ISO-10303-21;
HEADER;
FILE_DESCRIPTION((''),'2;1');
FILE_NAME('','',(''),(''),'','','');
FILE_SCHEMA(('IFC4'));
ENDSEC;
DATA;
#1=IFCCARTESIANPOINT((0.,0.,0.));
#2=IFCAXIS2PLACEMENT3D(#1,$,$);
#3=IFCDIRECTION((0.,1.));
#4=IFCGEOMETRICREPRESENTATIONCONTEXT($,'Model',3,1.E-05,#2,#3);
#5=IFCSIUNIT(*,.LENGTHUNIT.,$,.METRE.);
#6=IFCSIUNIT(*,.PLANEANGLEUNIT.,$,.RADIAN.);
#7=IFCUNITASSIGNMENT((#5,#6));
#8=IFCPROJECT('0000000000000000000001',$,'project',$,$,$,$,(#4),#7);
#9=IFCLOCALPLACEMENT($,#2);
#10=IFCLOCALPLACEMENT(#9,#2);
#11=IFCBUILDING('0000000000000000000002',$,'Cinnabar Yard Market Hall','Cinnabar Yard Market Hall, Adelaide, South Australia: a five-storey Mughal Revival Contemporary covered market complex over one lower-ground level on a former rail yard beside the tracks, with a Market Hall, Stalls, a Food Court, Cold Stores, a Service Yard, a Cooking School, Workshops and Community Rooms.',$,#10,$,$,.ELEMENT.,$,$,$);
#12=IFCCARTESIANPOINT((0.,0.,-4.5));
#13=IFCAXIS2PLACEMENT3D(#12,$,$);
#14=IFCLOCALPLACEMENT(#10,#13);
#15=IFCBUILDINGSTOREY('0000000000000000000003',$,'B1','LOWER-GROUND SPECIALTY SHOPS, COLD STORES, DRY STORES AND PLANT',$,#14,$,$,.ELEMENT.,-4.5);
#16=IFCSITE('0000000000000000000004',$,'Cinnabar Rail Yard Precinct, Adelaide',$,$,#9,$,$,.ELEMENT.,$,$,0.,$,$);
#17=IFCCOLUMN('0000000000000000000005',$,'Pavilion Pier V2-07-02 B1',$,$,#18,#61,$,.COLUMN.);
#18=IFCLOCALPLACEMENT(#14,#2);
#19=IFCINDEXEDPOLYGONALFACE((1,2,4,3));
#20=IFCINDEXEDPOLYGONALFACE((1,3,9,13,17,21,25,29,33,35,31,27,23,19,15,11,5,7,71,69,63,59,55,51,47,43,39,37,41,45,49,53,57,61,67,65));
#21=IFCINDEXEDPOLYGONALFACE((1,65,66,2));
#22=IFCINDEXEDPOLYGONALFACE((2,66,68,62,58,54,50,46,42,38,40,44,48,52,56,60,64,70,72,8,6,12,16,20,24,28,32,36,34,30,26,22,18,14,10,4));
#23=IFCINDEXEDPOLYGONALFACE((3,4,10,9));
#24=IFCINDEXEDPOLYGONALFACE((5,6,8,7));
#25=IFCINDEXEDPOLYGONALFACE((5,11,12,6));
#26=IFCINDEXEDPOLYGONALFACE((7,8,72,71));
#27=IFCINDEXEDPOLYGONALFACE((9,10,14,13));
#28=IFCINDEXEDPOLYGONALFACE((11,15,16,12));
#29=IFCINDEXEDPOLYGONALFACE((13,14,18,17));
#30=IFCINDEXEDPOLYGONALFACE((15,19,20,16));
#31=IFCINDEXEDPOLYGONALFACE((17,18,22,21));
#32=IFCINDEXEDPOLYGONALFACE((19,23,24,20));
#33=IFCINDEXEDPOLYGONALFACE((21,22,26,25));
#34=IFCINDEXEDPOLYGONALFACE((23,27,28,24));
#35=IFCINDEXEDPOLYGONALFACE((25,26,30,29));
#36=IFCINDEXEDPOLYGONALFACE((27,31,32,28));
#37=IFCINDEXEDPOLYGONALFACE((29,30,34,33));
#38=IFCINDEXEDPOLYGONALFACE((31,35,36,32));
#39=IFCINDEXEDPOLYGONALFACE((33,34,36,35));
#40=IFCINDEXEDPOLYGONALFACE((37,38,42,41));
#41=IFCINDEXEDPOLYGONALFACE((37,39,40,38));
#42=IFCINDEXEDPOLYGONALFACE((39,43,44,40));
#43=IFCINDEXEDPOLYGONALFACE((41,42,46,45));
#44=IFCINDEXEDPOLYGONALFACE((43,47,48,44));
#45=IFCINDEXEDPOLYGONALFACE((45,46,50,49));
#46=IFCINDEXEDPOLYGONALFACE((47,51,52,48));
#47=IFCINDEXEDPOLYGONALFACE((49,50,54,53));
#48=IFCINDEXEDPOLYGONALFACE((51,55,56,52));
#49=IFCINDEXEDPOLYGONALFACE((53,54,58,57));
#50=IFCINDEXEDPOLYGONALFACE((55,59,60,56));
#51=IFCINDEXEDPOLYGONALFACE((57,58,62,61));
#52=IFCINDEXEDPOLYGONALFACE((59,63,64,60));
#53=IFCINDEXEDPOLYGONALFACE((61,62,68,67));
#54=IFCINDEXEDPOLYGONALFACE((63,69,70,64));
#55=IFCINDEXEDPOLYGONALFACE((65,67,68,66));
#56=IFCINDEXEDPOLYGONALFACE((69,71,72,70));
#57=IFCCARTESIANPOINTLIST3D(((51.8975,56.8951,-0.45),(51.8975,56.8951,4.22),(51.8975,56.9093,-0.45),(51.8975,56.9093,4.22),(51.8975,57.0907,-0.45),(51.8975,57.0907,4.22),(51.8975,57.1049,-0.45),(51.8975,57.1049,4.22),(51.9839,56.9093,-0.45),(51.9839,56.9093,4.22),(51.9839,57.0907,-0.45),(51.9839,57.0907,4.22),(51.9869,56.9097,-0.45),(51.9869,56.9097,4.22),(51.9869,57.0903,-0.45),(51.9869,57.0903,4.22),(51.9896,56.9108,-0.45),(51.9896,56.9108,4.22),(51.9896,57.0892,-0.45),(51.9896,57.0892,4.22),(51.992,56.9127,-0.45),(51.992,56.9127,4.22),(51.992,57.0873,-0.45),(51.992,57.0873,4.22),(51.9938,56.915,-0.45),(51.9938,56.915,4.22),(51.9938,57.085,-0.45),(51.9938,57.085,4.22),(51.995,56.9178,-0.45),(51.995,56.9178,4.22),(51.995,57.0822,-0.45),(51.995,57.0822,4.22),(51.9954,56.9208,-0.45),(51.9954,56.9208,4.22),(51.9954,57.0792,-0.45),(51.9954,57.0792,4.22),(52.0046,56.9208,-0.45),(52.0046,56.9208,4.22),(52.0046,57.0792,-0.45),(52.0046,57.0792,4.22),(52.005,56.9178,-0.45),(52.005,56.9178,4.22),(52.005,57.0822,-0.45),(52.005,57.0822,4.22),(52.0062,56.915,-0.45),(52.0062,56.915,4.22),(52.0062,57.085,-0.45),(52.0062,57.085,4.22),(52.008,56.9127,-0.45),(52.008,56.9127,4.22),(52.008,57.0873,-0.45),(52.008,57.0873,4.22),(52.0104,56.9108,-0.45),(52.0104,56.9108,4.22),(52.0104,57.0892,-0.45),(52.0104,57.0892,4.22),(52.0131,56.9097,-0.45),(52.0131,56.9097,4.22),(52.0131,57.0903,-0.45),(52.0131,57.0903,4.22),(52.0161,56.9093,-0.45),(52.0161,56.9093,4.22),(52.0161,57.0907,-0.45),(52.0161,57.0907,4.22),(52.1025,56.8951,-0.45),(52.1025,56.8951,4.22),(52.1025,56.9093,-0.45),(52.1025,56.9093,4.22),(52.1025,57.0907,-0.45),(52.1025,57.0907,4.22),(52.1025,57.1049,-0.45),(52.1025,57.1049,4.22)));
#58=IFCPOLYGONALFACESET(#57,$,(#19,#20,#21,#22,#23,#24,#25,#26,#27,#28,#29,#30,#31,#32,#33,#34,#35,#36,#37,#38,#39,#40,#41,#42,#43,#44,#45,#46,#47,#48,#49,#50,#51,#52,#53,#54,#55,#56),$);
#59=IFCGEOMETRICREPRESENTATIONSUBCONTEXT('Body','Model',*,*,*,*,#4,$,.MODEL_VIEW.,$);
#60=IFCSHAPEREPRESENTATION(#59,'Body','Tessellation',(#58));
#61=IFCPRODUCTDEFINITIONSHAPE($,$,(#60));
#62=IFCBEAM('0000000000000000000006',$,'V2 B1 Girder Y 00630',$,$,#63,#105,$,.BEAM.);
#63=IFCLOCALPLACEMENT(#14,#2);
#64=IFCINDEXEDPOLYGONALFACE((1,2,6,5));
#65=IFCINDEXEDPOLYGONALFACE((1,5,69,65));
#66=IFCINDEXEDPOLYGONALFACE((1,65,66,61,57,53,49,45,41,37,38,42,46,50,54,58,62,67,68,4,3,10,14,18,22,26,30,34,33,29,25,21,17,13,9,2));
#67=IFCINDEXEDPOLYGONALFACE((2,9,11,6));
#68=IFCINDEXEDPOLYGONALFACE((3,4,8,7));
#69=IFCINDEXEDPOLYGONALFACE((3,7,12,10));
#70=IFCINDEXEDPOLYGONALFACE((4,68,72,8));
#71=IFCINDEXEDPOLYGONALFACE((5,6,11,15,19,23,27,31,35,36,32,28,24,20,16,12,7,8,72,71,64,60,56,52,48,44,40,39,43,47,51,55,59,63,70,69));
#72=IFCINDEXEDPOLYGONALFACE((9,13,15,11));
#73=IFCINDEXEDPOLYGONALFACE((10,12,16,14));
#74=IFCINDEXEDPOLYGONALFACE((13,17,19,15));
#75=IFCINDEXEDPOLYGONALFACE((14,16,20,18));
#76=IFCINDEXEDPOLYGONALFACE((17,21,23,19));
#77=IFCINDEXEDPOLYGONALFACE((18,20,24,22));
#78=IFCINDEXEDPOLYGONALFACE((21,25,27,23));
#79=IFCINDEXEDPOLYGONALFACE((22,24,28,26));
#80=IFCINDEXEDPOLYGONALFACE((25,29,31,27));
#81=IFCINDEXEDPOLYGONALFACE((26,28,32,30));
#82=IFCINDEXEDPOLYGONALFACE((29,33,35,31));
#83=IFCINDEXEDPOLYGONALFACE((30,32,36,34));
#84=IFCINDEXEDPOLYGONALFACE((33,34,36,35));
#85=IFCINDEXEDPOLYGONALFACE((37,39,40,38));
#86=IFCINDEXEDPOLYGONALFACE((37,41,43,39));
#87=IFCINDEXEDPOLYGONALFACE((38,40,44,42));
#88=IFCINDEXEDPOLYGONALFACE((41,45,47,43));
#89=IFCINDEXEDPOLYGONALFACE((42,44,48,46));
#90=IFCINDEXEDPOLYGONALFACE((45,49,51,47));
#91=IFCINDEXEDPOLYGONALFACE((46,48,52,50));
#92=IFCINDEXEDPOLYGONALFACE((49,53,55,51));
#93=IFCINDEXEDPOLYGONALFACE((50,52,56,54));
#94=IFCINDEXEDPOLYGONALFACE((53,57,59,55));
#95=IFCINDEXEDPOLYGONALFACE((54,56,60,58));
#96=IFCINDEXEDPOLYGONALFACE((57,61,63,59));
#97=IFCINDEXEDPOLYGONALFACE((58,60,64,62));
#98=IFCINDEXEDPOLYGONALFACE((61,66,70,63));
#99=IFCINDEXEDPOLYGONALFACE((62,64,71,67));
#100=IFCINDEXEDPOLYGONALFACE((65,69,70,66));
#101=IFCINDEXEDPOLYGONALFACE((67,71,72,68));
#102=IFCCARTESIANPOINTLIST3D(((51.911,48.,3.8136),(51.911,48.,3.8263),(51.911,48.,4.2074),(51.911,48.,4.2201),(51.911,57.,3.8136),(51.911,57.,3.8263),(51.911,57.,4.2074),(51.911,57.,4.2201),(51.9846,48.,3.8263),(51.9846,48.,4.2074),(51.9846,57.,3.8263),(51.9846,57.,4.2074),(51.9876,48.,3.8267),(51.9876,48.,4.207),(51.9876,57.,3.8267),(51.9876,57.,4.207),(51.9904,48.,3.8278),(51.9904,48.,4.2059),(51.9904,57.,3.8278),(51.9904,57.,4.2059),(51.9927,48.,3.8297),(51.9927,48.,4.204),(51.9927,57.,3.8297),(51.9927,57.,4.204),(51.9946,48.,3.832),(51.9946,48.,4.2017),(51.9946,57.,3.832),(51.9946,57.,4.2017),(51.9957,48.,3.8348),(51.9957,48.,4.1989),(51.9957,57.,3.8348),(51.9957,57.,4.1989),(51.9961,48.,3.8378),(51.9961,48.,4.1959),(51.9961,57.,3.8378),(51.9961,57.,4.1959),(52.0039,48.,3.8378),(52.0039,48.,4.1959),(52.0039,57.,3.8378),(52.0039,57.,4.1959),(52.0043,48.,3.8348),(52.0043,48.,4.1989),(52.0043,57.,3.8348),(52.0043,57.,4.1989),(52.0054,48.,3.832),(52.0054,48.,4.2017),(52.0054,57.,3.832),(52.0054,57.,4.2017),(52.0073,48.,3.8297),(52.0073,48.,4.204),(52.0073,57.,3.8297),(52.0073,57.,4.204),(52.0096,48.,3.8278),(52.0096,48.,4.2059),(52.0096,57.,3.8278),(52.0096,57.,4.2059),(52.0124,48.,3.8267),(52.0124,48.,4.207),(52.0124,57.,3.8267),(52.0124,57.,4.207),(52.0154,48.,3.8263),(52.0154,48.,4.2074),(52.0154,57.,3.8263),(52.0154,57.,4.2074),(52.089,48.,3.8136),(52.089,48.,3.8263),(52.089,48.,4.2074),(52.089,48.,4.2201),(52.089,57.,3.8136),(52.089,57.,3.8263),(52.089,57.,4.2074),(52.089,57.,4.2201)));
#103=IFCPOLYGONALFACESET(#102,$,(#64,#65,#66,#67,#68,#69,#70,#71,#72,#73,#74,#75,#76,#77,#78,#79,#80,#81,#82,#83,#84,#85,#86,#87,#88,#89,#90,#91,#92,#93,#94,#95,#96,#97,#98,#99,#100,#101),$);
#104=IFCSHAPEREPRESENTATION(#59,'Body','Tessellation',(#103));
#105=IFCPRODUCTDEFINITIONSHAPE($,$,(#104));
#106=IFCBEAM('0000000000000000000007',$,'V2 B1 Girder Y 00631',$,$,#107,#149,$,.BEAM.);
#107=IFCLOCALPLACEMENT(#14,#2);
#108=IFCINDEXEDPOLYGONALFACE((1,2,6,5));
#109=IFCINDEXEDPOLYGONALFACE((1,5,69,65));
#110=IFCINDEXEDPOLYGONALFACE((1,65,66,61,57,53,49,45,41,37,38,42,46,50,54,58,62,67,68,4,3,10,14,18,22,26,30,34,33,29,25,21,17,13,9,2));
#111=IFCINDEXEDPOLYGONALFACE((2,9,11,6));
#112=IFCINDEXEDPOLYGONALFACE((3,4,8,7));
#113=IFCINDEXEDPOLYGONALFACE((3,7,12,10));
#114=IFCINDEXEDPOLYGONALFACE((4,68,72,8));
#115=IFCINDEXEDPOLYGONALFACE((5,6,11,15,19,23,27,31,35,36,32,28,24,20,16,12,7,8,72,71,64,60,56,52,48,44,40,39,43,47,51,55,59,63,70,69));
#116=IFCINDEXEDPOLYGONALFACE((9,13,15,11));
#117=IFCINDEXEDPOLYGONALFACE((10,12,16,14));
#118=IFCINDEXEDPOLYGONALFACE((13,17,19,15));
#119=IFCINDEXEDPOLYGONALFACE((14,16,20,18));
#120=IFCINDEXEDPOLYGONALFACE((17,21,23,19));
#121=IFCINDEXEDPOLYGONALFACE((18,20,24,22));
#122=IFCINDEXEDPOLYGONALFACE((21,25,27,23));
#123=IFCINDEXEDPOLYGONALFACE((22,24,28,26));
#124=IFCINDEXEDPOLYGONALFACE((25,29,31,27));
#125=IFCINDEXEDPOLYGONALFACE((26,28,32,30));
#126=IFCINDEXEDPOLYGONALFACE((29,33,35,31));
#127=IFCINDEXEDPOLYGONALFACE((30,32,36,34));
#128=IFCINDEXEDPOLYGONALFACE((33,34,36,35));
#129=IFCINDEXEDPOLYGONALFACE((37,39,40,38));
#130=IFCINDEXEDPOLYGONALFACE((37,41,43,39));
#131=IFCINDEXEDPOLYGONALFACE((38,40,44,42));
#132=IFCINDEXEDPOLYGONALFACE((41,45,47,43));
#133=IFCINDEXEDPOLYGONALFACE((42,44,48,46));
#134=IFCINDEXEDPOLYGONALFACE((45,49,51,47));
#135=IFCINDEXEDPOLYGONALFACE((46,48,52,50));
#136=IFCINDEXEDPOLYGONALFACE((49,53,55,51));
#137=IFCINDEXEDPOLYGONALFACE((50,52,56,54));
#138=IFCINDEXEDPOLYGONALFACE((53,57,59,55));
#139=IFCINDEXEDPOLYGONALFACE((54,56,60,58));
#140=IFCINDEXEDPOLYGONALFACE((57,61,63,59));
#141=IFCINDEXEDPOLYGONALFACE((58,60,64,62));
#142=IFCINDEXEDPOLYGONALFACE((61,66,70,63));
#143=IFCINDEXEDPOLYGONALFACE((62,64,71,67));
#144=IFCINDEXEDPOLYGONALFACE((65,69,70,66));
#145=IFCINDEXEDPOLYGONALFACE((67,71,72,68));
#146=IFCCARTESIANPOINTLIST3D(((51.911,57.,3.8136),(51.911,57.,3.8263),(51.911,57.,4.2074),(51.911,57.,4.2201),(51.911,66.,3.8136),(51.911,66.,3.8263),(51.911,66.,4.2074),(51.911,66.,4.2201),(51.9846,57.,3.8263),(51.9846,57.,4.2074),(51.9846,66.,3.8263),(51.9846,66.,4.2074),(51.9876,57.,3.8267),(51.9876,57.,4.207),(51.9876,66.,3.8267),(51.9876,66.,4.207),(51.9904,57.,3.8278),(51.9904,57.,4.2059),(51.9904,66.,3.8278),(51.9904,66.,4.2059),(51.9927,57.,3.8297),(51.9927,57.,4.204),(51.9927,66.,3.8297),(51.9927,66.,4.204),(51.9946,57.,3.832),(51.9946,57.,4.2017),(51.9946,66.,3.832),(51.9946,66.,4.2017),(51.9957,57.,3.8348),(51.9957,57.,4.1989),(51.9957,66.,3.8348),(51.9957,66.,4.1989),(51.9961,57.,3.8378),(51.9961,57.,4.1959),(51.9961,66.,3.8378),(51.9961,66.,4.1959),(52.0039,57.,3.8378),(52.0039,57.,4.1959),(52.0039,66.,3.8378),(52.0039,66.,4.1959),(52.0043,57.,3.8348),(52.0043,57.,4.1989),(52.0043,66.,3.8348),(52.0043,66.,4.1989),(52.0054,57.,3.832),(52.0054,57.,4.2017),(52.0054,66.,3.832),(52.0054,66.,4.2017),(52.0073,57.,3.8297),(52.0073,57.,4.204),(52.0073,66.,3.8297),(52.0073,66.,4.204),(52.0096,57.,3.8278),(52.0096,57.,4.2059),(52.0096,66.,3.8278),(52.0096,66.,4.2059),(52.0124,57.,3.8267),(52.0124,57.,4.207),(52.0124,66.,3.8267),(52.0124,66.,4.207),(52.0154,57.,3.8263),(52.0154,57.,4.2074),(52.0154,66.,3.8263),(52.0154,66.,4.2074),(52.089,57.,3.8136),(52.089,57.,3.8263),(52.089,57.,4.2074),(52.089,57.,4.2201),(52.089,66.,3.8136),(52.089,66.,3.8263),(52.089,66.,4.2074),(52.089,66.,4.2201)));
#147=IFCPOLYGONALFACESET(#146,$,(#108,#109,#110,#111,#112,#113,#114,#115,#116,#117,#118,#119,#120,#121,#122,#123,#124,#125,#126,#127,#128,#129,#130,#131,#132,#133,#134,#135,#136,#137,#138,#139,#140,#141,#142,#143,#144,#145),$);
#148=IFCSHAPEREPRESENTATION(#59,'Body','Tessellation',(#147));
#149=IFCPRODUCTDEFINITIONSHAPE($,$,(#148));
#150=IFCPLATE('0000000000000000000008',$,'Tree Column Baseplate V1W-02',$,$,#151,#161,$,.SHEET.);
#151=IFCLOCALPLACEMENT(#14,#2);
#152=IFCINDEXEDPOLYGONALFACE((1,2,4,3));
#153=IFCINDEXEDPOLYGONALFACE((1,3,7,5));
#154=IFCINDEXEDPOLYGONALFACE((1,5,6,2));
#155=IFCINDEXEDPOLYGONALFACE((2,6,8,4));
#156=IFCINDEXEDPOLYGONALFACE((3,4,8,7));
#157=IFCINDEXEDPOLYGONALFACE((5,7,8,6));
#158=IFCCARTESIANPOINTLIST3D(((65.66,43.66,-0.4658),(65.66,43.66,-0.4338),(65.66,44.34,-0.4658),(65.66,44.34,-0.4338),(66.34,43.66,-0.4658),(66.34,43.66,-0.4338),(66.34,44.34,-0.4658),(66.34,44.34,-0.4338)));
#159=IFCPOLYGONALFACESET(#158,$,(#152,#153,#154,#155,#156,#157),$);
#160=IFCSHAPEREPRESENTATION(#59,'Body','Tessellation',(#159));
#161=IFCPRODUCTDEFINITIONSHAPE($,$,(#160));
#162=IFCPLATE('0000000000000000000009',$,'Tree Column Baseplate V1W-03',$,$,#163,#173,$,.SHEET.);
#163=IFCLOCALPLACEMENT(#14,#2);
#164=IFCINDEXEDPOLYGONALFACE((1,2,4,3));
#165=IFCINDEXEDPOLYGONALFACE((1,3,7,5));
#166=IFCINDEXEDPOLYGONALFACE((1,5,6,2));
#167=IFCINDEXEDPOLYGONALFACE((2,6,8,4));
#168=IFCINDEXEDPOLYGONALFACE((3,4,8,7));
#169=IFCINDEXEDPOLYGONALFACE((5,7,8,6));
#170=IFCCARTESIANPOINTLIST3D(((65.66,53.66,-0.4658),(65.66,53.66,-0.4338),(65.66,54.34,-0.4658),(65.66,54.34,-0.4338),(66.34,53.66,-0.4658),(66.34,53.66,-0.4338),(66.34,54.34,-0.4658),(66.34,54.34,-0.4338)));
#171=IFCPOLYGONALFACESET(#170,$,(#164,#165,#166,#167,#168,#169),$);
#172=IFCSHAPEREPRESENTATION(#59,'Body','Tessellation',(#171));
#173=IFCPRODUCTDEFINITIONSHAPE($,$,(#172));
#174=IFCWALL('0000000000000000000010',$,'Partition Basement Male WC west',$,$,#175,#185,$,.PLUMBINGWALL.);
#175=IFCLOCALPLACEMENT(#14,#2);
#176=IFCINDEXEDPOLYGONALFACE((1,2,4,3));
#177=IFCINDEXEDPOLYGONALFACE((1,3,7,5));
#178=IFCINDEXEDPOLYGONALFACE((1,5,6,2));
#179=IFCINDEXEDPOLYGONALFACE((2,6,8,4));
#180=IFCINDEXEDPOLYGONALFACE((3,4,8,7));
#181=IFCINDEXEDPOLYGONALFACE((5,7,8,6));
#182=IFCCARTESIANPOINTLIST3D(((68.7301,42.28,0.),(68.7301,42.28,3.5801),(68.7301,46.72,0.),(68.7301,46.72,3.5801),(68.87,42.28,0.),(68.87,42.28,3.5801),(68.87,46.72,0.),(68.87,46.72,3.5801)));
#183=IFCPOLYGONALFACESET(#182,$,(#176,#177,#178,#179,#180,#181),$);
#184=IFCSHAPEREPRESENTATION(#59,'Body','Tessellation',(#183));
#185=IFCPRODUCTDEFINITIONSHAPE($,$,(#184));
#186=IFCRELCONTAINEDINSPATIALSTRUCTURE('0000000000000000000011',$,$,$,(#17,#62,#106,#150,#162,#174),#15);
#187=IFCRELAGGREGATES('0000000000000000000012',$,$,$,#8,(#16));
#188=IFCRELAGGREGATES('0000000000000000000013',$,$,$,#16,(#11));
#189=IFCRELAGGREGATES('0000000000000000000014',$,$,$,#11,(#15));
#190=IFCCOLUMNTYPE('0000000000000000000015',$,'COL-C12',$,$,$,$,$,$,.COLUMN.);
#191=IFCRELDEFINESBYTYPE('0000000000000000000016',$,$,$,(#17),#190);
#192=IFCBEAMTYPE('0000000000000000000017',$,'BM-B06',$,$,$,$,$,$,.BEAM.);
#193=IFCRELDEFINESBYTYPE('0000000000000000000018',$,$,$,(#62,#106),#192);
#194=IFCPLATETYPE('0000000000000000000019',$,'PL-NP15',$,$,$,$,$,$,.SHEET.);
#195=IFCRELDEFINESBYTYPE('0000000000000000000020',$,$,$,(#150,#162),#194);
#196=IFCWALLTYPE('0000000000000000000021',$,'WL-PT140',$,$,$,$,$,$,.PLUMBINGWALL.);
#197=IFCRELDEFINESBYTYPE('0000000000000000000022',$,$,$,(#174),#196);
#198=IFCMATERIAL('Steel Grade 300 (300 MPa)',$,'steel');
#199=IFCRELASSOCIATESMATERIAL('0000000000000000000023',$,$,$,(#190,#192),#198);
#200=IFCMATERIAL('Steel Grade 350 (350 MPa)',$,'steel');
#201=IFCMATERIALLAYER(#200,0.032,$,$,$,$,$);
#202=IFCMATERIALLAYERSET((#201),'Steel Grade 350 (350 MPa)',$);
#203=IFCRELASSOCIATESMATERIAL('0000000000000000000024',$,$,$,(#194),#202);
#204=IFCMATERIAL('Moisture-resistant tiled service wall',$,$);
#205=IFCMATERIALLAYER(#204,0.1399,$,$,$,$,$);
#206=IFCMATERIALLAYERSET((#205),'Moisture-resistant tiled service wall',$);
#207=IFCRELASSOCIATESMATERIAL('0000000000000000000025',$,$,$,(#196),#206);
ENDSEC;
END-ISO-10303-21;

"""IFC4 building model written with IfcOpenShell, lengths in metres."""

from ifc_helpers import new_model, si_unit, direction, frame, frame_2d, origin, origin_2d_with_axis, place, context, subcontext, project, spatial, rectangle, i_section, extrude, material, layer, layer_set, material_profile, profile_set, type_object, element, save


model = new_model("IFC4")

# Units and contexts
model_context = context("Model", 3, precision=1e-05, world=origin(), true_north=direction((0.0, 1.0)))
body_context = subcontext(model_context, "Body", "Model", "MODEL_VIEW")
ifc_project = project(units=[si_unit("LENGTHUNIT", "METRE"), si_unit("PLANEANGLEUNIT", "RADIAN")], contexts=[model_context])

# Site, building, storey
site_placement = place(None, origin())
site = spatial("IfcSite", under=ifc_project, at=site_placement, Name="Cinnabar Rail Yard Precinct, Adelaide", CompositionType="ELEMENT", RefElevation=0.0)
building_placement = place(site_placement, origin())
building = spatial("IfcBuilding", under=site, at=building_placement, Name="Cinnabar Yard Market Hall", Description="Cinnabar Yard Market Hall, Adelaide, South Australia: a five-storey Mughal Revival Contemporary covered market complex over one lower-ground level on a former rail yard beside the tracks, with a Market Hall, Stalls, a Food Court, Cold Stores, a Service Yard, a Cooking School, Workshops and Community Rooms.", CompositionType="ELEMENT")
storey_placement = place(building_placement, frame((0.0, 0.0, -4.5)))
storey = spatial("IfcBuildingStorey", under=building, at=storey_placement, Name="B1", Description="LOWER-GROUND SPECIALTY SHOPS, COLD STORES, DRY STORES AND PLANT", CompositionType="ELEMENT", Elevation=-4.5)

# Column
ifc_material_1 = material(Name="Steel Grade 300 (300 MPa)", Category="steel")
ifc_material_profile_1 = material_profile(ifc_material_1, i_section(OverallWidth=0.2051, OverallDepth=0.2097, WebThickness=0.0093, FlangeThickness=0.0142, FilletRadius=0.0115, at=origin_2d_with_axis()), Name="200UC59.5")
ifc_profile_set_1 = profile_set([ifc_material_profile_1], Name="Steel Grade 300 (300 MPa)")
column_type_1 = type_object("IfcColumnType", Name="COL-C12", PredefinedType="COLUMN", material=ifc_profile_set_1)
column_1_placement = place(storey_placement, frame((52.0, 57.0, -0.45), z_axis=(0.0, 0.0, 1.0), x_axis=(1.0, 0.0, 0.0)))
element("IfcColumn", 1, at=column_1_placement, inside=storey, type_object=column_type_1, Name="Pavilion Pier V2-07-02 B1", PredefinedType="COLUMN", context=body_context, shape_type="SweptSolid", body=[
    extrude(i_section(OverallWidth=0.2051, OverallDepth=0.2097, WebThickness=0.0093, FlangeThickness=0.0142, FilletRadius=0.0115, at=origin_2d_with_axis()), origin(), (0.0, 0.0, 1.0), 4.6699),
])

# Beams
ifc_material_profile_2 = material_profile(ifc_material_1, i_section(OverallWidth=0.178, OverallDepth=0.4065, WebThickness=0.0078, FlangeThickness=0.0127, FilletRadius=0.0115, at=origin_2d_with_axis()), Name="410UB59.7")
ifc_profile_set_2 = profile_set([ifc_material_profile_2], Name="Steel Grade 300 (300 MPa)")
beam_type = type_object("IfcBeamType", Name="BM-B06", PredefinedType="BEAM", material=ifc_profile_set_2)
for number, where, z_axis, x_axis, name in (
    (2, (52.0, 48.0, 4.0168), (0.0, 1.0, 0.0), (-1.0, 0.0, 0.0), "V2 B1 Girder Y 00630"),
    (3, (52.0, 57.0, 4.0168), (0.0, 1.0, 0.0), (-1.0, 0.0, 0.0), "V2 B1 Girder Y 00631"),
):
    element("IfcBeam", number, at=place(storey_placement, frame(where, z_axis=z_axis, x_axis=x_axis)), inside=storey, type_object=beam_type, Name=name, PredefinedType="BEAM", context=body_context, shape_type="SweptSolid", body=[
        extrude(i_section(OverallWidth=0.178, OverallDepth=0.4065, WebThickness=0.0078, FlangeThickness=0.0127, FilletRadius=0.0115, at=origin_2d_with_axis()), origin(), (0.0, 0.0, 1.0), 9.0),
    ])

# Plates
ifc_material_2 = material(Name="Steel Grade 350 (350 MPa)", Category="steel")
ifc_layer_1 = layer(ifc_material_2, 0.032)
ifc_layer_set_1 = layer_set([ifc_layer_1], Name="Steel Grade 350 (350 MPa)")
plate_type = type_object("IfcPlateType", Name="PL-NP15", PredefinedType="SHEET", material=ifc_layer_set_1)
for number, where, z_axis, x_axis, name in (
    (4, (66.0, 44.0, -0.4658), (0.0, 0.0, 1.0), (1.0, 0.0, 0.0), "Tree Column Baseplate V1W-02"),
    (5, (66.0, 54.0, -0.4658), (0.0, 0.0, 1.0), (1.0, 0.0, 0.0), "Tree Column Baseplate V1W-03"),
):
    element("IfcPlate", number, at=place(storey_placement, frame(where, z_axis=z_axis, x_axis=x_axis)), inside=storey, type_object=plate_type, Name=name, PredefinedType="SHEET", context=body_context, shape_type="SweptSolid", body=[
        extrude(rectangle(XDim=0.6799, YDim=0.6799, at=origin_2d_with_axis()), origin(), (0.0, 0.0, 1.0), 0.032),
    ])

# Wall
ifc_material_3 = material(Name="Moisture-resistant tiled service wall")
ifc_layer_2 = layer(ifc_material_3, 0.1399)
ifc_layer_set_2 = layer_set([ifc_layer_2], Name="Moisture-resistant tiled service wall")
wall_type_1 = type_object("IfcWallType", Name="WL-PT140", PredefinedType="PLUMBINGWALL", material=ifc_layer_set_2)
wall_1_placement = place(storey_placement, frame((68.8, 46.72, 0.0), z_axis=(0.0, 0.0, 1.0), x_axis=(0.0, -1.0, 0.0)))
element("IfcWall", 6, at=wall_1_placement, inside=storey, type_object=wall_type_1, Name="Partition Basement Male WC west", PredefinedType="PLUMBINGWALL", context=body_context, shape_type="SweptSolid", body=[
    extrude(rectangle(XDim=4.4399, YDim=0.1399, at=frame_2d((2.22, 0.0), x_axis=(1.0, 0.0))), origin(), (0.0, 0.0, 1.0), 3.5801),
])

save(model, "model.ifc")
